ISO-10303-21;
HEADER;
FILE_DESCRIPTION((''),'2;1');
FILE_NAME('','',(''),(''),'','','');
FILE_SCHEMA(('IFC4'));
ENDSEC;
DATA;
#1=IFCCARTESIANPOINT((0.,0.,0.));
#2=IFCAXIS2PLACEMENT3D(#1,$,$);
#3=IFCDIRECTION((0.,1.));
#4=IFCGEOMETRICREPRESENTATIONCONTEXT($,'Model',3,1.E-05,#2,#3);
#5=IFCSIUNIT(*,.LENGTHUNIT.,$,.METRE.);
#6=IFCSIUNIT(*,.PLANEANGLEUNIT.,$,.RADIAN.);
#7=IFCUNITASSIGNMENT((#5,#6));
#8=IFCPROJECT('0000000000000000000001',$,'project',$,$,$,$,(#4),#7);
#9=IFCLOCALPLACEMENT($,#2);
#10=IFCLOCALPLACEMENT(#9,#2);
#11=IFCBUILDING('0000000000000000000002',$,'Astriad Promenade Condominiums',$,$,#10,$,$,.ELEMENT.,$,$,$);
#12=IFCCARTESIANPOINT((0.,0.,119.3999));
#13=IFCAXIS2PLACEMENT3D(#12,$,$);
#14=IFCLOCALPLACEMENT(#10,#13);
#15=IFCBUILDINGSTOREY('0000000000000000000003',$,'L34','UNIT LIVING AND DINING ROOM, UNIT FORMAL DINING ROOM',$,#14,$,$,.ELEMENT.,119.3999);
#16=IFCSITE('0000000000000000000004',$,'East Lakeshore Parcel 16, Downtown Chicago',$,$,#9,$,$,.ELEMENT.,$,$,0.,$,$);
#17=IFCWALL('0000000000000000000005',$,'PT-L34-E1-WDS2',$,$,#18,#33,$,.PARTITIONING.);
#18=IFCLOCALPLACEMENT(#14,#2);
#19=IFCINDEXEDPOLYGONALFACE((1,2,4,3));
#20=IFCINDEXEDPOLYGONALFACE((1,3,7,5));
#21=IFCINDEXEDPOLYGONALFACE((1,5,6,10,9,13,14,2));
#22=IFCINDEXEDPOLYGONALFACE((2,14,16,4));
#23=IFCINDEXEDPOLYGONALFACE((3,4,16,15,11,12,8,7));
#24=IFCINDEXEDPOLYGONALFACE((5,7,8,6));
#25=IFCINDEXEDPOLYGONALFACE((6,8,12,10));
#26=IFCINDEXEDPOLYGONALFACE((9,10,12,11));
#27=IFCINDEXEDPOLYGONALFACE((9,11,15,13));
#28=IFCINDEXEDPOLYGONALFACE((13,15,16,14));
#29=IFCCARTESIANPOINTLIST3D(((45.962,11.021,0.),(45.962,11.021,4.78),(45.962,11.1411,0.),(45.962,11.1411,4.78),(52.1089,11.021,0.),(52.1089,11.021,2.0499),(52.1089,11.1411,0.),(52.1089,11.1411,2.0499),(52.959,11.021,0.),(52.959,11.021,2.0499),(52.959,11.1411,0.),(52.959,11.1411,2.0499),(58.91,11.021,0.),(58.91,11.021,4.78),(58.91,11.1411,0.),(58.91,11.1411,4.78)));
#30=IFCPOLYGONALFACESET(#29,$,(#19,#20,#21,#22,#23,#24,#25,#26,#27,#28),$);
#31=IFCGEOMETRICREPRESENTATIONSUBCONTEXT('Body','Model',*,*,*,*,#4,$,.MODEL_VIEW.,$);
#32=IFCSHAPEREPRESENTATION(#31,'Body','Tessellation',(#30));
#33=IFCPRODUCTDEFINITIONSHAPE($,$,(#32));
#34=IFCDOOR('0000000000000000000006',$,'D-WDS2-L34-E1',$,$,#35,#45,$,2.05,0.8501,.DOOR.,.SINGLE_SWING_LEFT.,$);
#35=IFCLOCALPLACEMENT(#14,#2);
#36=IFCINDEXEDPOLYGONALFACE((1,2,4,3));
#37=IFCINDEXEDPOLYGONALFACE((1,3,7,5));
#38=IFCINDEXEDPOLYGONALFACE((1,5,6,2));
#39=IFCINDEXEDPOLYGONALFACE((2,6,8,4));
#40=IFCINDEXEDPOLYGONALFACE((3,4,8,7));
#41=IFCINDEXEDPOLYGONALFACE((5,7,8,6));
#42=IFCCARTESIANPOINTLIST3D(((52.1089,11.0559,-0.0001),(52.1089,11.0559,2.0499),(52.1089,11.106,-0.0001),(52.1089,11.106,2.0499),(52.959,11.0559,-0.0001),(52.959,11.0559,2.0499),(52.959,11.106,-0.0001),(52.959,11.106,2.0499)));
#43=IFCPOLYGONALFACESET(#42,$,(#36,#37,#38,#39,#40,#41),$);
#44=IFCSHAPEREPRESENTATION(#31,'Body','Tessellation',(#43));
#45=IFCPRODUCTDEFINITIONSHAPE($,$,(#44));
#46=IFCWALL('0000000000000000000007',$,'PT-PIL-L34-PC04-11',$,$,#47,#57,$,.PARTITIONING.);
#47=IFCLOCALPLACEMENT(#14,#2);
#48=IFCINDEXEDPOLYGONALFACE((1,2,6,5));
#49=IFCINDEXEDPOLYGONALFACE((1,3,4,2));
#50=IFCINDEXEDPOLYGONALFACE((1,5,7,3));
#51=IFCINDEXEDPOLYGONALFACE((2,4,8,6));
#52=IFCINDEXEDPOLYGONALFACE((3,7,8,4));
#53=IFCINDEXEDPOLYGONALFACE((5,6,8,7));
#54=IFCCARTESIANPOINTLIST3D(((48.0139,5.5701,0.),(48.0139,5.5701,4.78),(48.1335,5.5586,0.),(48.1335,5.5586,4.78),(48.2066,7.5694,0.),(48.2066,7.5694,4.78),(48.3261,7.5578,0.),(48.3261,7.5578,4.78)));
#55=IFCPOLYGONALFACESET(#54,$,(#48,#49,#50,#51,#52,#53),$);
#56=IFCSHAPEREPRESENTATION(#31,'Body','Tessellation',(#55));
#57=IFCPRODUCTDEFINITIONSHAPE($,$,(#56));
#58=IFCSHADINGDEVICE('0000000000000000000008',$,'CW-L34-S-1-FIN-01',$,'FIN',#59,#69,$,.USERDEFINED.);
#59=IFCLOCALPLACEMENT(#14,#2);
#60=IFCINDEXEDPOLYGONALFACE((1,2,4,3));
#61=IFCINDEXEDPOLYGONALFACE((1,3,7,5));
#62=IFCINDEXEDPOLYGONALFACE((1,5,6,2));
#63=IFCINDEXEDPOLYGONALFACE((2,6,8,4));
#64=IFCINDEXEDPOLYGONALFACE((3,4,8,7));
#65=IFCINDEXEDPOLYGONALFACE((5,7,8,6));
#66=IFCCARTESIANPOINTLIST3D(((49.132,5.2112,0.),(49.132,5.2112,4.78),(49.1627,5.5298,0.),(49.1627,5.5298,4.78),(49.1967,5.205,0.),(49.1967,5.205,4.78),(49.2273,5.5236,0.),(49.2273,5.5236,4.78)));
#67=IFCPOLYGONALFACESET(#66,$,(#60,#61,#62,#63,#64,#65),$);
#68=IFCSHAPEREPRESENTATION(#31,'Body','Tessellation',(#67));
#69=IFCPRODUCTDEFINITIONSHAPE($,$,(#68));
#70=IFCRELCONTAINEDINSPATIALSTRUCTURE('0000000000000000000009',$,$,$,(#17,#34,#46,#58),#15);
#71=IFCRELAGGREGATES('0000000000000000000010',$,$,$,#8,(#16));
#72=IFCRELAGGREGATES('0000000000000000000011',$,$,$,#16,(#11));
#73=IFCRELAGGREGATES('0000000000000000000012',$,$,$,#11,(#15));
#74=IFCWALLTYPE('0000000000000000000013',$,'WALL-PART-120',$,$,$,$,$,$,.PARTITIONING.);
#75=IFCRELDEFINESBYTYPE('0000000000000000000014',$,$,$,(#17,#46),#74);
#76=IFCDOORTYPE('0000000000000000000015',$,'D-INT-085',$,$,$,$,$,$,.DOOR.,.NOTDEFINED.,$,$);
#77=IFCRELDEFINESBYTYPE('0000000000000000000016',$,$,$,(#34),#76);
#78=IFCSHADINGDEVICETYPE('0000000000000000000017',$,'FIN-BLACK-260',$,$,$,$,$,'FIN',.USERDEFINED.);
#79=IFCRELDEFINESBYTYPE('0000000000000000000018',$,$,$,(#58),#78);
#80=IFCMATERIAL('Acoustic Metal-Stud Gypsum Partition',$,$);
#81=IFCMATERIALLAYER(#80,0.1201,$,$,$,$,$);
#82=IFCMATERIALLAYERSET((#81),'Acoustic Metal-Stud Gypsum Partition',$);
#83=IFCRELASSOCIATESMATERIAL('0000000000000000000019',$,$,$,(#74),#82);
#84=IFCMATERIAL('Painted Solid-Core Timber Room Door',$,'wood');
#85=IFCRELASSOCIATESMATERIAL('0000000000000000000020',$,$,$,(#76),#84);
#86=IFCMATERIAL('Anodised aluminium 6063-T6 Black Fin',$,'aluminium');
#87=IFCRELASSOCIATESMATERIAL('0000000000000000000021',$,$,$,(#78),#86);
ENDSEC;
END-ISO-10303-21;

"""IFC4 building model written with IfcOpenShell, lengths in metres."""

from ifc_helpers import new_model, si_unit, direction, frame, frame_2d, origin, origin_2d, place, context, subcontext, project, spatial, rectangle, extrude, source, transform, mapped, material, layer, layer_set, type_object, type_shapes, element, fill, save


model = new_model("IFC4")

# Units and contexts
model_context = context("Model", 3, precision=1e-05, world=origin(), true_north=direction((0.0, 1.0)))
body_context = subcontext(model_context, "Body", "Model", "MODEL_VIEW")
ifc_project = project(units=[si_unit("LENGTHUNIT", "METRE"), si_unit("PLANEANGLEUNIT", "RADIAN")], contexts=[model_context])

# Site, building, storey
site_placement = place(None, origin())
site = spatial("IfcSite", under=ifc_project, at=site_placement, Name="East Lakeshore Parcel 16, Downtown Chicago", CompositionType="ELEMENT", RefElevation=0.0)
building_placement = place(site_placement, origin())
building = spatial("IfcBuilding", under=site, at=building_placement, Name="Astriad Promenade Condominiums", CompositionType="ELEMENT")
storey_placement = place(building_placement, frame((0.0, 0.0, 119.3999)))
storey = spatial("IfcBuildingStorey", under=building, at=storey_placement, Name="L34", Description="UNIT LIVING AND DINING ROOM, UNIT FORMAL DINING ROOM", CompositionType="ELEMENT", Elevation=119.3999)

# Shared definitions
ifc_material_1 = material(Name="Acoustic Metal-Stud Gypsum Partition")
ifc_layer_1 = layer(ifc_material_1, 0.1201)
ifc_layer_set_1 = layer_set([ifc_layer_1], Name="Acoustic Metal-Stud Gypsum Partition")
wall_type_1 = type_object("IfcWallType", Name="WALL-PART-120", PredefinedType="PARTITIONING", material=ifc_layer_set_1)
ifc_material_2 = material(Name="Painted Solid-Core Timber Room Door", Category="wood")
door_type_1 = type_object("IfcDoorType", Name="D-INT-085", OperationType="NOTDEFINED", PredefinedType="DOOR", material=ifc_material_2)
shared_shape_1 = source(origin(), body_context, "Body", "SweptSolid", [
    extrude(rectangle(XDim=0.8501, YDim=2.05, at=frame_2d((0.425, 1.0249))), frame((0.0, 0.0249, 0.0), z_axis=(0.0, -1.0, 0.0), x_axis=(1.0, 0.0, 0.0)), (0.0, 0.0, 1.0), 0.05),
])
type_shapes(door_type_1, [shared_shape_1])

# Wall, opening, door
wall_1_placement = place(storey_placement, frame((45.9619, 11.0811, 0.0), z_axis=(0.0, 0.0, 1.0), x_axis=(1.0, 0.0, 0.0)))
wall_1 = element("IfcWall", 1, at=wall_1_placement, inside=storey, type_object=wall_type_1, Name="PT-L34-E1-WDS2", PredefinedType="PARTITIONING", context=body_context, shape_type="SweptSolid", body=[
    extrude(rectangle(XDim=12.948, YDim=0.1201, at=frame_2d((6.4741, 0.0))), origin(), (0.0, 0.0, 1.0), 4.78),
])
opening_1_placement = place(wall_1_placement, frame((6.147, 0.0, 0.0)))
opening_1 = element("IfcOpeningElement", 2, at=opening_1_placement, cuts=wall_1, PredefinedType="OPENING", context=body_context, shape_type="SweptSolid", body=[
    extrude(rectangle(XDim=0.8501, YDim=2.05, at=frame_2d((0.425, 1.0249))), frame((0.0, 0.0701, 0.0), z_axis=(0.0, -1.0, 0.0), x_axis=(1.0, 0.0, 0.0)), (0.0, 0.0, 1.0), 0.1401),
])
door_1_placement = place(opening_1_placement, origin())
door_1 = element("IfcDoor", 3, at=door_1_placement, inside=storey, type_object=door_type_1, Name="D-WDS2-L34-E1", OperationType="SINGLE_SWING_LEFT", OverallHeight=2.05, OverallWidth=0.8501, PredefinedType="DOOR", context=body_context, shape_type="MappedRepresentation", body=[
    mapped(shared_shape_1, transform((0.0, 0.0, 0.0), scale=1.0)),
])
fill(opening_1, door_1)

# Wall
wall_2_placement = place(storey_placement, frame((48.2664, 7.5637, 0.0), z_axis=(0.0, 0.0, 1.0), x_axis=(-0.095905, -0.995391, 0.0)))
element("IfcWall", 4, at=wall_2_placement, inside=storey, type_object=wall_type_1, Name="PT-PIL-L34-PC04-11", PredefinedType="PARTITIONING", context=body_context, shape_type="SweptSolid", body=[
    extrude(rectangle(XDim=2.0085, YDim=0.1201, at=frame_2d((1.0044, 0.0))), origin(), (0.0, 0.0, 1.0), 4.78),
])

# Shading device
ifc_material_3 = material(Name="Anodised aluminium 6063-T6 Black Fin", Category="aluminium")
shading_device_type = type_object("IfcShadingDeviceType", Name="FIN-BLACK-260", ElementType="FIN", PredefinedType="USERDEFINED", material=ifc_material_3)
shared_shape_2 = source(origin(), body_context, "Body", "SweptSolid", [
    extrude(rectangle(XDim=0.0649, YDim=0.3201, at=origin_2d()), origin(), (0.0, 0.0, 1.0), 4.78),
])
type_shapes(shading_device_type, [shared_shape_2])
shading_device_placement = place(storey_placement, frame((49.1797, 5.3674, 0.0), z_axis=(0.0, 0.0, 1.0), x_axis=(-0.995396, 0.095846, 0.0)))
element("IfcShadingDevice", 5, at=shading_device_placement, inside=storey, type_object=shading_device_type, Name="CW-L34-S-1-FIN-01", ObjectType="FIN", PredefinedType="USERDEFINED", context=body_context, shape_type="MappedRepresentation", body=[
    mapped(shared_shape_2, transform((0.0, 0.0, 0.0), scale=1.0)),
])

save(model, "model.ifc")
